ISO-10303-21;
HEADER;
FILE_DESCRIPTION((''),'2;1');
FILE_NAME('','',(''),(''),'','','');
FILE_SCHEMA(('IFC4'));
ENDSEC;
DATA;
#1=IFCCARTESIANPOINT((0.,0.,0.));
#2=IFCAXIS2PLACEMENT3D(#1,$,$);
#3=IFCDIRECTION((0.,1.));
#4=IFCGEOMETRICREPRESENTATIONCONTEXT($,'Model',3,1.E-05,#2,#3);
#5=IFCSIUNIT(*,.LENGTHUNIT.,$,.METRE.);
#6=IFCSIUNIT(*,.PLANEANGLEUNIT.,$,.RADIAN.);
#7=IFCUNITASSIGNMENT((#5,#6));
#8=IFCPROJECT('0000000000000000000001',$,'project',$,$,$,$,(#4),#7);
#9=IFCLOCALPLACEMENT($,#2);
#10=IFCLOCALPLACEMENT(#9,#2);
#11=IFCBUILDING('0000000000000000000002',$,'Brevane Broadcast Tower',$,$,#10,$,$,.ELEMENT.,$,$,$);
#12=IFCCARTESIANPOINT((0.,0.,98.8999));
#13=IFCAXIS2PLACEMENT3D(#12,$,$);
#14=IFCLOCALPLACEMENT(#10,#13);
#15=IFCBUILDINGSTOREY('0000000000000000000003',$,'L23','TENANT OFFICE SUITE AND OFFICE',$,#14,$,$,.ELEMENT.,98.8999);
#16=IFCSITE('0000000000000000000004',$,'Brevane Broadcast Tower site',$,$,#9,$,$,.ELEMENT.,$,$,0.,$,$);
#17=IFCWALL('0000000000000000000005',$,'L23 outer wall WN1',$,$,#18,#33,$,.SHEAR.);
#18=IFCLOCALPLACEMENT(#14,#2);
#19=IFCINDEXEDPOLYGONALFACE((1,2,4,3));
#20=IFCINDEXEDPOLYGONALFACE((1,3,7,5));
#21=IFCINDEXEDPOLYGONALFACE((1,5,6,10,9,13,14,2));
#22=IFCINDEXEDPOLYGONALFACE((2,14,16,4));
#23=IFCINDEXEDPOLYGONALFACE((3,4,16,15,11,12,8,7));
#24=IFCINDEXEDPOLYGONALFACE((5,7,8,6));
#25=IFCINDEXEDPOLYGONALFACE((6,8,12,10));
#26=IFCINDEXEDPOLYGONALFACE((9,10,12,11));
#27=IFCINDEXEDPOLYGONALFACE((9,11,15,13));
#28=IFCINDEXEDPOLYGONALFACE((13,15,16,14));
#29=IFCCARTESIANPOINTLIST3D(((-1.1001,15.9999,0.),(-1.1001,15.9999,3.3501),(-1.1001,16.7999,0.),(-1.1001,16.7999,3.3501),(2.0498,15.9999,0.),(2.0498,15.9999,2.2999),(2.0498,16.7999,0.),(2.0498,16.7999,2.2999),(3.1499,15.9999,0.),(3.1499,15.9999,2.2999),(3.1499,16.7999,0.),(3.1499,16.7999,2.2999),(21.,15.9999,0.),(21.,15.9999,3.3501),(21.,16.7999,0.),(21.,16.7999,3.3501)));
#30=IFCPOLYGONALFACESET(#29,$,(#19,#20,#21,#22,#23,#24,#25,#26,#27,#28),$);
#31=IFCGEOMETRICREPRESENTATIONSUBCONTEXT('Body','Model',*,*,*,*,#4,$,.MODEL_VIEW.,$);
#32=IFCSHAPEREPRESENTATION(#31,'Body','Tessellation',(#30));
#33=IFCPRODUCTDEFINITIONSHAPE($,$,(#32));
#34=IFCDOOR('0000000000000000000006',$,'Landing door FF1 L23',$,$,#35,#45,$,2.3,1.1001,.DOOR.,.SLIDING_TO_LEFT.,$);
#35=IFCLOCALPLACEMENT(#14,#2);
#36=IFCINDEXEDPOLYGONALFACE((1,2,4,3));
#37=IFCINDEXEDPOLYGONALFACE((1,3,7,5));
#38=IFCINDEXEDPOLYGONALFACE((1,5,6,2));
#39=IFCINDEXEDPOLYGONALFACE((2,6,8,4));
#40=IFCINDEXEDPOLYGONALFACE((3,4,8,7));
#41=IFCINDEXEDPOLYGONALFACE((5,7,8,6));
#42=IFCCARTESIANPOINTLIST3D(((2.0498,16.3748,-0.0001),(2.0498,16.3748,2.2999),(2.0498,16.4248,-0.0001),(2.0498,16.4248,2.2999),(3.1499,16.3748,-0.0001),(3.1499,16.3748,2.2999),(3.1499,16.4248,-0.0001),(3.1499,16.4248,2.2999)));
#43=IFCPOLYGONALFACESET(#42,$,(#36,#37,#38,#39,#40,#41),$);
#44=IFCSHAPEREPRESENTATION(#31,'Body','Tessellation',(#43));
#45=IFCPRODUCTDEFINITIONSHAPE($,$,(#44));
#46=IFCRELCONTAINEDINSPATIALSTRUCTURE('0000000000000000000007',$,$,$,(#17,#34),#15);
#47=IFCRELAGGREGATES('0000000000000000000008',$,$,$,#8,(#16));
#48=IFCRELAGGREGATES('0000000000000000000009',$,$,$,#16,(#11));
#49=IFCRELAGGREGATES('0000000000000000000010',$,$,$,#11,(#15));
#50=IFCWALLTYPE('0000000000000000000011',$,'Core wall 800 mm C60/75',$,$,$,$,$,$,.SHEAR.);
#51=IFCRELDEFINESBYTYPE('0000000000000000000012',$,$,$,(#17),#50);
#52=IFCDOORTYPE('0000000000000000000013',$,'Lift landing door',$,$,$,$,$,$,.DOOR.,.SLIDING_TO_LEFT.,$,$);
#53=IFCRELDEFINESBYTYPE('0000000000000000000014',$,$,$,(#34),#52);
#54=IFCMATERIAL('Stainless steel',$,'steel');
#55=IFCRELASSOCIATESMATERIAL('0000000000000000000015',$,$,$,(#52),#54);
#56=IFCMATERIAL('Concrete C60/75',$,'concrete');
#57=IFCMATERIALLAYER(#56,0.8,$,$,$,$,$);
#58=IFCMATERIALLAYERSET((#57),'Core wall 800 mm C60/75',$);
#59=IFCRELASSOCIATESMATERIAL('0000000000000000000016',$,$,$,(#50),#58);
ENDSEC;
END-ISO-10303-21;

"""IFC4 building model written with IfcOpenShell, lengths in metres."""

from ifc_helpers import new_model, si_unit, direction, frame, frame_2d, origin, place, context, subcontext, project, spatial, rectangle, extrude, material, layer, layer_set, type_object, element, fill, save


model = new_model("IFC4")

# Units and contexts
model_context = context("Model", 3, precision=1e-05, world=origin(), true_north=direction((0.0, 1.0)))
body_context = subcontext(model_context, "Body", "Model", "MODEL_VIEW")
ifc_project = project(units=[si_unit("LENGTHUNIT", "METRE"), si_unit("PLANEANGLEUNIT", "RADIAN")], contexts=[model_context])

# Site, building, storey
site_placement = place(None, origin())
site = spatial("IfcSite", under=ifc_project, at=site_placement, Name="Brevane Broadcast Tower site", CompositionType="ELEMENT", RefElevation=0.0)
building_placement = place(site_placement, origin())
building = spatial("IfcBuilding", under=site, at=building_placement, Name="Brevane Broadcast Tower", CompositionType="ELEMENT")
storey_placement = place(building_placement, frame((0.0, 0.0, 98.8999)))
storey = spatial("IfcBuildingStorey", under=building, at=storey_placement, Name="L23", Description="TENANT OFFICE SUITE AND OFFICE", CompositionType="ELEMENT", Elevation=98.8999)

# Shared definitions
ifc_material_1 = material(Name="Concrete C60/75", Category="concrete")
ifc_material_2 = material(Name="Stainless steel", Category="steel")
door_type = type_object("IfcDoorType", Name="Lift landing door", OperationType="SLIDING_TO_LEFT", PredefinedType="DOOR", material=ifc_material_2)

# Wall, opening, door
ifc_layer_1 = layer(ifc_material_1, 0.8)
ifc_layer_set_1 = layer_set([ifc_layer_1], Name="Core wall 800 mm C60/75")
wall_type_1 = type_object("IfcWallType", Name="Core wall 800 mm C60/75", PredefinedType="SHEAR", material=ifc_layer_set_1)
wall_1_placement = place(storey_placement, frame((-1.1001, 16.3999, 0.0), z_axis=(0.0, 0.0, 1.0), x_axis=(1.0, 0.0, 0.0)))
wall_1 = element("IfcWall", 1, at=wall_1_placement, inside=storey, type_object=wall_type_1, Name="L23 outer wall WN1", PredefinedType="SHEAR", context=body_context, shape_type="SweptSolid", body=[
    extrude(rectangle(XDim=22.1001, YDim=0.8, at=frame_2d((11.05, 0.0))), origin(), (0.0, 0.0, 1.0), 3.3501),
])
opening_1_placement = place(wall_1_placement, frame((3.1499, 0.0, 0.0)))
opening_1 = element("IfcOpeningElement", 2, at=opening_1_placement, cuts=wall_1, PredefinedType="OPENING", context=body_context, shape_type="SweptSolid", body=[
    extrude(rectangle(XDim=1.1001, YDim=2.3, at=frame_2d((0.55, 1.1499))), frame((0.0, 0.4099, 0.0), z_axis=(0.0, -1.0, 0.0), x_axis=(1.0, 0.0, 0.0)), (0.0, 0.0, 1.0), 0.8201),
])
door_1_placement = place(opening_1_placement, origin())
door_1 = element("IfcDoor", 3, at=door_1_placement, inside=storey, type_object=door_type, Name="Landing door FF1 L23", OperationType="SLIDING_TO_LEFT", OverallHeight=2.3, OverallWidth=1.1001, PredefinedType="DOOR", context=body_context, shape_type="SweptSolid", body=[
    extrude(rectangle(XDim=1.1001, YDim=2.3, at=frame_2d((0.55, 1.1499))), frame((0.0, 0.0249, 0.0), z_axis=(0.0, -1.0, 0.0), x_axis=(1.0, 0.0, 0.0)), (0.0, 0.0, 1.0), 0.05),
])
fill(opening_1, door_1)

save(model, "model.ifc")
